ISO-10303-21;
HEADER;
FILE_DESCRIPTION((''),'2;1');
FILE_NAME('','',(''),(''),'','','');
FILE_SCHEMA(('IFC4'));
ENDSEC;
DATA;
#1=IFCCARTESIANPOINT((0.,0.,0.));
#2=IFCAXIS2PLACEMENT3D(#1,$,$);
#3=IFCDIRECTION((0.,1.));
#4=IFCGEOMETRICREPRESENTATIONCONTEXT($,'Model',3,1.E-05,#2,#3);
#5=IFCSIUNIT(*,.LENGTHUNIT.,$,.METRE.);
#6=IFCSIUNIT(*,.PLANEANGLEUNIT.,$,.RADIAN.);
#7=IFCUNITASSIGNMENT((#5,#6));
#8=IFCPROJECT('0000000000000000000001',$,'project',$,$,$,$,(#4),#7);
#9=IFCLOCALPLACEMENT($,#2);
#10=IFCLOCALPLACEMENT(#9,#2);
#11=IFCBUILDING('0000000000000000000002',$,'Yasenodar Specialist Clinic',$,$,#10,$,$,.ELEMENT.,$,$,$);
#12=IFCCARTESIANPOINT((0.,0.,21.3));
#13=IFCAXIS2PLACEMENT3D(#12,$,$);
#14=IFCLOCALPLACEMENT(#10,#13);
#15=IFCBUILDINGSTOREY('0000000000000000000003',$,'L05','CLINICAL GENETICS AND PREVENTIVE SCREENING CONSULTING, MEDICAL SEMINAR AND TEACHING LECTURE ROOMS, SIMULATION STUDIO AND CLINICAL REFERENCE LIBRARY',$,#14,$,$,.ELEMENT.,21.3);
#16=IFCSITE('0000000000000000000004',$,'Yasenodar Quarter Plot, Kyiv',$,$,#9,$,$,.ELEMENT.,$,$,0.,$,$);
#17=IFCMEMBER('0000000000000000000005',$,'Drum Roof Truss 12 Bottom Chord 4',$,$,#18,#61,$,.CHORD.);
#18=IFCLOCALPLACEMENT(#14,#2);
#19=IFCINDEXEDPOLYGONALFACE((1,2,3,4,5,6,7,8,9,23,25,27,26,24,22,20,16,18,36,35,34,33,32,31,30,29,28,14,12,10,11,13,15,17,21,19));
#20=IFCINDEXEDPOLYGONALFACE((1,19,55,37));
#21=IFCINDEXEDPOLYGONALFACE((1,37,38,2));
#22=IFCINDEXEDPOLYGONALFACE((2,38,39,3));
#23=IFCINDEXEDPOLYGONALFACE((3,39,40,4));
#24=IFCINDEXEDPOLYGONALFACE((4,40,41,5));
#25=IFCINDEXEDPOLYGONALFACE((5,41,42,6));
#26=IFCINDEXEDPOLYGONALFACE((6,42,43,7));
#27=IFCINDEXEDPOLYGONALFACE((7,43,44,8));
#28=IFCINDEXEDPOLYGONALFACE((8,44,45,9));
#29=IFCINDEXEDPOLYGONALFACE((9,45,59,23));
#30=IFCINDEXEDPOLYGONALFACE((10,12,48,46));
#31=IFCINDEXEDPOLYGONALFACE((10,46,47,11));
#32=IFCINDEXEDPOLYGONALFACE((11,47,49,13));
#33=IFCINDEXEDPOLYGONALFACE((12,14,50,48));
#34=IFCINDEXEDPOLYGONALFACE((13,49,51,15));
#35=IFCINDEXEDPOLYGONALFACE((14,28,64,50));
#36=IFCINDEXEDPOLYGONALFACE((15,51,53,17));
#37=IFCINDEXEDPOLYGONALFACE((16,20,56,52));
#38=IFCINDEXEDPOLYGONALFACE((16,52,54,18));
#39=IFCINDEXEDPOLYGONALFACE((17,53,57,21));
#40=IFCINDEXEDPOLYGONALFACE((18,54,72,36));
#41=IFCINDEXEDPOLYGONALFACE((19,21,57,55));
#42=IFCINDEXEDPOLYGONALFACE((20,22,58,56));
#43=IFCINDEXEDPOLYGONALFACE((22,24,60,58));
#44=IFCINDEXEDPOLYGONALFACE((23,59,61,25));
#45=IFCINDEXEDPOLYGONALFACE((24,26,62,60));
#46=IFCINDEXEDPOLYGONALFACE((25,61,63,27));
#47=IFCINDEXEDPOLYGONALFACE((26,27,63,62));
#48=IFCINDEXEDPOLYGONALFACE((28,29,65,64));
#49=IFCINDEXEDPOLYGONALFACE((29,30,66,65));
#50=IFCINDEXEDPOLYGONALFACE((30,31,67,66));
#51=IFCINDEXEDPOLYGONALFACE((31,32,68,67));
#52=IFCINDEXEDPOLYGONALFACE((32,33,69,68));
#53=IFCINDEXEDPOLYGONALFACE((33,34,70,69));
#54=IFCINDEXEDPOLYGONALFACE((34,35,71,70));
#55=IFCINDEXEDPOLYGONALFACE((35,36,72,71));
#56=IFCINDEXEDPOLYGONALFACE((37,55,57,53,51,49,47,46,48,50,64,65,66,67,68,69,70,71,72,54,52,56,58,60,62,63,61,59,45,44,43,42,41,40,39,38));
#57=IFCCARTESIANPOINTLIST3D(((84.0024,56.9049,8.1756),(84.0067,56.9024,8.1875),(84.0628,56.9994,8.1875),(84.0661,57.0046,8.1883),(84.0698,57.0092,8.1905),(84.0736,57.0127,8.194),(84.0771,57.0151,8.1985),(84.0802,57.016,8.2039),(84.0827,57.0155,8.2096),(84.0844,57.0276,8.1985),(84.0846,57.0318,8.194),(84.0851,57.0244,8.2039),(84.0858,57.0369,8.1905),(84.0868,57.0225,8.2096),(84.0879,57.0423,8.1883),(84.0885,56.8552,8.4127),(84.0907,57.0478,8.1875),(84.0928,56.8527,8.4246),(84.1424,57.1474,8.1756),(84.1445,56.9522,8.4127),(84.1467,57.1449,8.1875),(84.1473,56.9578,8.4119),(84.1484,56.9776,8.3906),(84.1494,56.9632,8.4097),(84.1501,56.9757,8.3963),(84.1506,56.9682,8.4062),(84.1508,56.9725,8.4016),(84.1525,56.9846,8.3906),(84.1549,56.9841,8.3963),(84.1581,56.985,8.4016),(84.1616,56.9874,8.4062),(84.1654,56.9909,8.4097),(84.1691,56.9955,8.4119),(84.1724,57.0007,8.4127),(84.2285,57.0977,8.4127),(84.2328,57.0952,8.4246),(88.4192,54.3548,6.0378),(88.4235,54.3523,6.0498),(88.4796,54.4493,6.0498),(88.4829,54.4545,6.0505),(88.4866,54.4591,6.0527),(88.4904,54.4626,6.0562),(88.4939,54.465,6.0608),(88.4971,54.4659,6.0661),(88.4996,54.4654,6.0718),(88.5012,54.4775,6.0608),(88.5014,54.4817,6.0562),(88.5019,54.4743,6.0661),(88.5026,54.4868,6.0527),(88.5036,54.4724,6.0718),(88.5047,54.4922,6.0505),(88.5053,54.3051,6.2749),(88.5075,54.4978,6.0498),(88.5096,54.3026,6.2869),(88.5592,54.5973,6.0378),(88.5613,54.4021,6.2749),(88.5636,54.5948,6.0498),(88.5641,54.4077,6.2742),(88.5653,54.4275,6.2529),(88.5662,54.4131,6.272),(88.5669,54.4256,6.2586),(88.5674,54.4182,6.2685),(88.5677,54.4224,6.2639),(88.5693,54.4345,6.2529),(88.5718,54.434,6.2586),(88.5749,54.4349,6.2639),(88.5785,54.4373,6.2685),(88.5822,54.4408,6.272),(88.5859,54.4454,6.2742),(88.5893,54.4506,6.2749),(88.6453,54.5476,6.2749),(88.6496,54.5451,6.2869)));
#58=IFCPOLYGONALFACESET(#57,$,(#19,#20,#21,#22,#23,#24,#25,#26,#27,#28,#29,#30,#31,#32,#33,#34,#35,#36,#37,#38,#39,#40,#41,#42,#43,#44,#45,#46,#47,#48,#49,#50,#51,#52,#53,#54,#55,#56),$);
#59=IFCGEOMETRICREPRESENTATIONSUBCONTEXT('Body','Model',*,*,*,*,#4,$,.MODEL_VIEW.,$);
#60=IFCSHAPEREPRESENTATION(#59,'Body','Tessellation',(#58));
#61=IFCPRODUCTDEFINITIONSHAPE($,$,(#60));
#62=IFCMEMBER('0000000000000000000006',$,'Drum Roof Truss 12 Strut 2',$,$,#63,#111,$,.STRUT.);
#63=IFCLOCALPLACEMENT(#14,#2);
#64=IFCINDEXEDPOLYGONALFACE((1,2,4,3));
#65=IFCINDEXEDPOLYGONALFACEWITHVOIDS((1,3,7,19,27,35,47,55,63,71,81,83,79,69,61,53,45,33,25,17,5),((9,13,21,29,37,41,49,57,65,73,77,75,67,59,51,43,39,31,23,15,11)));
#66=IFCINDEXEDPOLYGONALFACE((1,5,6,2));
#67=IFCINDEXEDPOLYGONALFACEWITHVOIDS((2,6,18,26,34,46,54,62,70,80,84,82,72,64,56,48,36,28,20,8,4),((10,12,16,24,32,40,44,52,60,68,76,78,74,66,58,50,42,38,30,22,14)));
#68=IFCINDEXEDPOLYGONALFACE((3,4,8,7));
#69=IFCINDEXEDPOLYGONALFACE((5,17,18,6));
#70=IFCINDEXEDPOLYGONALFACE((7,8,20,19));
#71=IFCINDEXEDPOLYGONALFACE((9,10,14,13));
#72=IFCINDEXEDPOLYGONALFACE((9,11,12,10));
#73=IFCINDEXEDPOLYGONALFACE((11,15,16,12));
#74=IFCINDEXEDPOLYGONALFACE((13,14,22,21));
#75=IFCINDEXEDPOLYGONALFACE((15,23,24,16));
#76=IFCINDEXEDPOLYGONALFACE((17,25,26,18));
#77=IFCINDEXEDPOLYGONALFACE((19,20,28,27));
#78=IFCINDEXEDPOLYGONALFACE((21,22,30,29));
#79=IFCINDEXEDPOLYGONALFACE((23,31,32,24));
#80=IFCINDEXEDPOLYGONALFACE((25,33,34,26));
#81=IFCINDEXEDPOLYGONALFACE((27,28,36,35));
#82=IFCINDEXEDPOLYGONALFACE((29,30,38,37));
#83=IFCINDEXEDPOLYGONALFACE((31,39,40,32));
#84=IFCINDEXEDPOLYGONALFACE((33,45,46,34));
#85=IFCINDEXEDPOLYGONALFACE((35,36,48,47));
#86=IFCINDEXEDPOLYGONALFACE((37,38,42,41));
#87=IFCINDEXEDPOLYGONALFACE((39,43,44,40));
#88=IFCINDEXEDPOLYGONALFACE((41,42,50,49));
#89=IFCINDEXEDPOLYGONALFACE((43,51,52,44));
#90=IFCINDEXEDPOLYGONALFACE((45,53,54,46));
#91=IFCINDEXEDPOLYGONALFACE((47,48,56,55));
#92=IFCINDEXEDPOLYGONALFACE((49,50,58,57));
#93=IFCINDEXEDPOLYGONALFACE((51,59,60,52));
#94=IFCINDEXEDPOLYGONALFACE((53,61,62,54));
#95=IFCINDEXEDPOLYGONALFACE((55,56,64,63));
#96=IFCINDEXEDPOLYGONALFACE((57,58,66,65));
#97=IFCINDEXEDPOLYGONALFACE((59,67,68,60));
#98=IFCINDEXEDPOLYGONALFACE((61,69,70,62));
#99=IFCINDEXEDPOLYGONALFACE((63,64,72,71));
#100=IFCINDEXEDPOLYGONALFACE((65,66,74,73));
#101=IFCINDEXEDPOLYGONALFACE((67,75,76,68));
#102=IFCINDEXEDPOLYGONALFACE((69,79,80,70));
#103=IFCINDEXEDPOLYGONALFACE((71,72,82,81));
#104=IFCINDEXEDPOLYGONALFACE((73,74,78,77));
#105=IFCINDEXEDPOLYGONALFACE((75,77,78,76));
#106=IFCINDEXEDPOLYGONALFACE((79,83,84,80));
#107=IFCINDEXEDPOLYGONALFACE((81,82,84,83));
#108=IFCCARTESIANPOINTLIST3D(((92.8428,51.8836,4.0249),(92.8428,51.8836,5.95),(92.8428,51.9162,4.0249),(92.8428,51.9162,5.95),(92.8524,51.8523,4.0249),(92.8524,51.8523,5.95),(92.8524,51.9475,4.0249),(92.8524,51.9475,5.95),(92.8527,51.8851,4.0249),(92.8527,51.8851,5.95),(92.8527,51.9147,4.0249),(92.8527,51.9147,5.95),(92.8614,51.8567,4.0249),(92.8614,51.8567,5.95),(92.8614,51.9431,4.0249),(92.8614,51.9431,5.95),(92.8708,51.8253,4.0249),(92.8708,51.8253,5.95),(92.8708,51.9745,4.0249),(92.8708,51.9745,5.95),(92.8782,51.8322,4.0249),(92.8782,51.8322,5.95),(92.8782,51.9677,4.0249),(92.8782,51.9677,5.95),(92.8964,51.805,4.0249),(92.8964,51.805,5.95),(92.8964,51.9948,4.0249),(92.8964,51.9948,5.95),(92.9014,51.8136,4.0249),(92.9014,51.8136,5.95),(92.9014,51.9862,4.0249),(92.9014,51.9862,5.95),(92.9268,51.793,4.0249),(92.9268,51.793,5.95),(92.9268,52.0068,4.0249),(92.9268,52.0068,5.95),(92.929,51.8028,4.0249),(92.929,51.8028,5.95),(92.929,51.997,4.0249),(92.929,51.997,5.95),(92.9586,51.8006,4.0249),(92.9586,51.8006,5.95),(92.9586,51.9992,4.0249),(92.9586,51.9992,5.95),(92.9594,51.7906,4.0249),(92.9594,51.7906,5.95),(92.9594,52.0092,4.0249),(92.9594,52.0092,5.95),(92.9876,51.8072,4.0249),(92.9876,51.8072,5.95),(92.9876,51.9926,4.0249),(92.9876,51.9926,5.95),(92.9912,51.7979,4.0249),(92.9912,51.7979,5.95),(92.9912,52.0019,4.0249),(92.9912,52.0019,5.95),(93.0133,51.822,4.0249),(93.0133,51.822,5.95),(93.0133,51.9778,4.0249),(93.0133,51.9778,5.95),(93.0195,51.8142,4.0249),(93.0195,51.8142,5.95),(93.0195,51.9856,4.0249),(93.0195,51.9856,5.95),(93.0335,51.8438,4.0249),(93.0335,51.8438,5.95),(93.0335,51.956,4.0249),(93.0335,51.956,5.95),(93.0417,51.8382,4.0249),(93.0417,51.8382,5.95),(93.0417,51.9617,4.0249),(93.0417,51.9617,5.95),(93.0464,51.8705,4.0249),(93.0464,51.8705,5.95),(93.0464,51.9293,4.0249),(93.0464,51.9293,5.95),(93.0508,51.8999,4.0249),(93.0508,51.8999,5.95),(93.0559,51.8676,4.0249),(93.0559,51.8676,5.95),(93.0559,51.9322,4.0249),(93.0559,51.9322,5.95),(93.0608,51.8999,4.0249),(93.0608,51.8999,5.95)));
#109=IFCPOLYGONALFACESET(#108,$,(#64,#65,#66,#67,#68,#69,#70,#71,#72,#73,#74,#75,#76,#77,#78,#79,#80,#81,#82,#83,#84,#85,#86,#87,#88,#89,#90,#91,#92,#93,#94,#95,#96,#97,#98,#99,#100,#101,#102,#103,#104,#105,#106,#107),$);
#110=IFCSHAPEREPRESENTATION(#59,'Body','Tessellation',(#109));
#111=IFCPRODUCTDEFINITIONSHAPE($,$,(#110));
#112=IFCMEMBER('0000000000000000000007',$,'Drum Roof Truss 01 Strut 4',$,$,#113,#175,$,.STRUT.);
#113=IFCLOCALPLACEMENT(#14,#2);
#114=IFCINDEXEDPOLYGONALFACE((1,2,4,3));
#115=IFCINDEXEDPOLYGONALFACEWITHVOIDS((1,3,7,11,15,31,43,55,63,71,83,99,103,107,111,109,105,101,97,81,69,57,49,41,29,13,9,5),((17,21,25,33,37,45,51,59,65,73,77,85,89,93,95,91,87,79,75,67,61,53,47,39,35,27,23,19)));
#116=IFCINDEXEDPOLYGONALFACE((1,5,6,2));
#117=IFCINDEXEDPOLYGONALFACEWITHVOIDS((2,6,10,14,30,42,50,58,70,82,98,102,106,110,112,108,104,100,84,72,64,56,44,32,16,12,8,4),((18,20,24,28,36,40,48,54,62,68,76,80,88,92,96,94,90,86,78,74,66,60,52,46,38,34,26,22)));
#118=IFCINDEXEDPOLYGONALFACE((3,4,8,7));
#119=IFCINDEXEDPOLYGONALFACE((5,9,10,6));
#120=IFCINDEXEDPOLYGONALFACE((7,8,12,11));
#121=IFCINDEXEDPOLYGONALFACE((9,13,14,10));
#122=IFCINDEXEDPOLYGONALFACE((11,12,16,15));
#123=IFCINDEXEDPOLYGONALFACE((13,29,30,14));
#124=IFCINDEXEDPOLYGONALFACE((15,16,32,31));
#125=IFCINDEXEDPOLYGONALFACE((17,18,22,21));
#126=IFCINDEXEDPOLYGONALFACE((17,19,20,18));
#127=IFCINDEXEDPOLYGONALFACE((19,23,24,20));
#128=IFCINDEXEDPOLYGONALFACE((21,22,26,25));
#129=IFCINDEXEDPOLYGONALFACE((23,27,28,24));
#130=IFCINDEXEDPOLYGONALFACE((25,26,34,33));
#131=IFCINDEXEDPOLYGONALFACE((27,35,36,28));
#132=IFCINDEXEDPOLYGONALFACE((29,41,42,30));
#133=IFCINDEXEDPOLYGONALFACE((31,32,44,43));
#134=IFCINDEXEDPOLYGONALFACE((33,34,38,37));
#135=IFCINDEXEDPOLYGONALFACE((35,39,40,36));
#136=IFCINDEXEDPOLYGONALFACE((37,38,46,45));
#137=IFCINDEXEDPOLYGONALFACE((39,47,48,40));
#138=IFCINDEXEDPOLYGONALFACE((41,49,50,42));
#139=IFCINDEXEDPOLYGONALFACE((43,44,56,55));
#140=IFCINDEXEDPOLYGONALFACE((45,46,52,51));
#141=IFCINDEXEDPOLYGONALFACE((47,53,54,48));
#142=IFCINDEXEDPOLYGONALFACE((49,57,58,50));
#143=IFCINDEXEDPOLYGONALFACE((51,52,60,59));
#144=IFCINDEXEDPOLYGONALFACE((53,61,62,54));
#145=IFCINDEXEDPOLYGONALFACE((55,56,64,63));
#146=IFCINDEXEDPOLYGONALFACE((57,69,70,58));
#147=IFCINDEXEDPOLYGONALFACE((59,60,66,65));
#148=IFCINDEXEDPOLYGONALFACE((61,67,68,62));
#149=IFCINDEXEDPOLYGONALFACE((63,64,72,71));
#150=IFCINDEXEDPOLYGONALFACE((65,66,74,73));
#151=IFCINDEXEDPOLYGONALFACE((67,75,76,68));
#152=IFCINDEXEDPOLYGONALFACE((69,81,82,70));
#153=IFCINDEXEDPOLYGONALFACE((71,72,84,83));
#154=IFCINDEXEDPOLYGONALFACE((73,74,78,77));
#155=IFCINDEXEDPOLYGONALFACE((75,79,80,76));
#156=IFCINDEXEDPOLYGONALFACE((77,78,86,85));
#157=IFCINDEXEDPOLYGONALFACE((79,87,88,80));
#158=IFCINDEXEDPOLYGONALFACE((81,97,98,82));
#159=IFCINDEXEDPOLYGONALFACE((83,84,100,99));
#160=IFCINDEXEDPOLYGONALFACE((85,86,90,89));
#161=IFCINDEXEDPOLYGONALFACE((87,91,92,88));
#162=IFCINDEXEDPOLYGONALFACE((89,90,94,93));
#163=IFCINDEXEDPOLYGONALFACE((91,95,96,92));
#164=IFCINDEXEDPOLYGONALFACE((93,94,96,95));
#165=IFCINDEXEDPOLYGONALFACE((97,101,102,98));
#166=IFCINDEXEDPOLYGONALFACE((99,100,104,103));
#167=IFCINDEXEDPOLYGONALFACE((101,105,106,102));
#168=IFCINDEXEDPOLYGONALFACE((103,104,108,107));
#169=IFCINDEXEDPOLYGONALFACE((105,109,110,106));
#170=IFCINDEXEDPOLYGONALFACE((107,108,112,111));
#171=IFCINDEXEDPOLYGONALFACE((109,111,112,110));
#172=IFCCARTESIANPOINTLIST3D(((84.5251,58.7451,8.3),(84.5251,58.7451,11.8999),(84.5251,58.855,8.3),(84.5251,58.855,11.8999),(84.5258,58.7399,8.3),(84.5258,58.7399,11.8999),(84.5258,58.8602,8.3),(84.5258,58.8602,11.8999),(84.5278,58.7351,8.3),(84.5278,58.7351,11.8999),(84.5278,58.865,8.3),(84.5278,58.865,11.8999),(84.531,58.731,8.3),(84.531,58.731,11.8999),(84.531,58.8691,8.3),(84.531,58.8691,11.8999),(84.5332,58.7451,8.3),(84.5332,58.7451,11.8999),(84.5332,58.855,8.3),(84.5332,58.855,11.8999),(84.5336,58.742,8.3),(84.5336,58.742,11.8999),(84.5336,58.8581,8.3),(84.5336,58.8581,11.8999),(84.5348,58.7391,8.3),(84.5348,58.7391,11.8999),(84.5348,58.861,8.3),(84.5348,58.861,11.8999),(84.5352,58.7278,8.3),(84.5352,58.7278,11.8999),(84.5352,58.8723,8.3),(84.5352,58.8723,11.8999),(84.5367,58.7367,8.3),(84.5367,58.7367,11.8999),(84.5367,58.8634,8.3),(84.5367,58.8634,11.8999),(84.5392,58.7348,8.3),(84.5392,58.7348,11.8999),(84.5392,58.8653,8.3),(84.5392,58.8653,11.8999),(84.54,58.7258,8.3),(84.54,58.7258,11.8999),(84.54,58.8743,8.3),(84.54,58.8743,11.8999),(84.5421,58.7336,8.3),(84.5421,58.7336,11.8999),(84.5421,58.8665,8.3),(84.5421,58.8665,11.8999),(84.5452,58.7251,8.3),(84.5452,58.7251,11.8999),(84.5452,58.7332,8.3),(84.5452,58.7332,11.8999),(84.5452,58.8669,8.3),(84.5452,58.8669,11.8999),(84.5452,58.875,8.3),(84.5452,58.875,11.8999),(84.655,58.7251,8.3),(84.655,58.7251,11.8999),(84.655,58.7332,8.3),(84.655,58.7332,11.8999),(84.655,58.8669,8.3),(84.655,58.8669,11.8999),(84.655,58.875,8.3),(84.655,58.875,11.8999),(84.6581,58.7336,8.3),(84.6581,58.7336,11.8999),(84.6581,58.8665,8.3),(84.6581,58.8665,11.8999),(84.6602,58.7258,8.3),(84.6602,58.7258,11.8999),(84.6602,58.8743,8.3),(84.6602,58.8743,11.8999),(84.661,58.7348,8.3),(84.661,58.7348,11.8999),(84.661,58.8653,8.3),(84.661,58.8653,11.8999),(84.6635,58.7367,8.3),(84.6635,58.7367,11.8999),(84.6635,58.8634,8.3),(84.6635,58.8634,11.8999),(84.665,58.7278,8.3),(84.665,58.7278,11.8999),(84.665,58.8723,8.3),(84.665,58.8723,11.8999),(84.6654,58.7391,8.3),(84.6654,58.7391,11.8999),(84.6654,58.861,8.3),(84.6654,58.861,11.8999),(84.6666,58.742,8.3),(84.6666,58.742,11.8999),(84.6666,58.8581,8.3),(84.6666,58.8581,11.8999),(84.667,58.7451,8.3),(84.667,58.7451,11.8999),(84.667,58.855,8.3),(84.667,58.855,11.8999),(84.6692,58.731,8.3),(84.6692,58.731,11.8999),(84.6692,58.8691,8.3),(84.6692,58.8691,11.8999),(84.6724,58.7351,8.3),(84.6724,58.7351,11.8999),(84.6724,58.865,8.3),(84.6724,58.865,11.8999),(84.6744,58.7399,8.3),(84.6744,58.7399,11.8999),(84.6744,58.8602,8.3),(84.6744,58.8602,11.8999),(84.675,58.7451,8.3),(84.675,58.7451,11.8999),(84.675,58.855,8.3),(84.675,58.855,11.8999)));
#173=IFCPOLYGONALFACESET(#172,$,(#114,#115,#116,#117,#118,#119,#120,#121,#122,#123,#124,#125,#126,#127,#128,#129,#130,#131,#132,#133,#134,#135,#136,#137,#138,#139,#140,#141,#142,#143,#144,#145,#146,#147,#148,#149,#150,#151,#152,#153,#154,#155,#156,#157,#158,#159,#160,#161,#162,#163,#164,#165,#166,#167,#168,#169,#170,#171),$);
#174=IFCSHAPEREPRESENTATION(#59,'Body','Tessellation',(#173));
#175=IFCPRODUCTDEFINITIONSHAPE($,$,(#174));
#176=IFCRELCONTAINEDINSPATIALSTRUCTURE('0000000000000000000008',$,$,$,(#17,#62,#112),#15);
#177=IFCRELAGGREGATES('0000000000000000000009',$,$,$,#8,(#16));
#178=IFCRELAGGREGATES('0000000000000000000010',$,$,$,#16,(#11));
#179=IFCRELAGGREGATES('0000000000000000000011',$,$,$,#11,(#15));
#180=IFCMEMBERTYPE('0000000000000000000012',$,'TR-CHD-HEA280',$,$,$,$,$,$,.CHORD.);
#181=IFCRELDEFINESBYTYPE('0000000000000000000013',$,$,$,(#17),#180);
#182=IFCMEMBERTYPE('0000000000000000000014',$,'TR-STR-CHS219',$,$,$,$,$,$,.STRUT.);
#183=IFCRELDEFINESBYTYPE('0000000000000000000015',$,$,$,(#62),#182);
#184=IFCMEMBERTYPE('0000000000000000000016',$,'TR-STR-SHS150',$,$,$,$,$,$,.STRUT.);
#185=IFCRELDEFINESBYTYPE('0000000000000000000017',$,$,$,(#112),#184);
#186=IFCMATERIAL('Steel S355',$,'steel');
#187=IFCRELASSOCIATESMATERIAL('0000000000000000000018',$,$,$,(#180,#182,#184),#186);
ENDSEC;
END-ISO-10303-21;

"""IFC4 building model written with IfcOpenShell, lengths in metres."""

from ifc_helpers import new_model, si_unit, direction, frame, origin, origin_2d, place, context, subcontext, project, spatial, hollow_rectangle, hollow_circle, i_section, extrude, material, material_profile, profile_set, type_object, element, save


model = new_model("IFC4")

# Units and contexts
model_context = context("Model", 3, precision=1e-05, world=origin(), true_north=direction((0.0, 1.0)))
body_context = subcontext(model_context, "Body", "Model", "MODEL_VIEW")
ifc_project = project(units=[si_unit("LENGTHUNIT", "METRE"), si_unit("PLANEANGLEUNIT", "RADIAN")], contexts=[model_context])

# Site, building, storey
site_placement = place(None, origin())
site = spatial("IfcSite", under=ifc_project, at=site_placement, Name="Yasenodar Quarter Plot, Kyiv", CompositionType="ELEMENT", RefElevation=0.0)
building_placement = place(site_placement, origin())
building = spatial("IfcBuilding", under=site, at=building_placement, Name="Yasenodar Specialist Clinic", CompositionType="ELEMENT")
storey_placement = place(building_placement, frame((0.0, 0.0, 21.3)))
storey = spatial("IfcBuildingStorey", under=building, at=storey_placement, Name="L05", Description="CLINICAL GENETICS AND PREVENTIVE SCREENING CONSULTING, MEDICAL SEMINAR AND TEACHING LECTURE ROOMS, SIMULATION STUDIO AND CLINICAL REFERENCE LIBRARY", CompositionType="ELEMENT", Elevation=21.3)

# Shared definitions
ifc_material = material(Name="Steel S355", Category="steel")

# Members
ifc_material_profile_1 = material_profile(ifc_material, i_section(OverallWidth=0.28, OverallDepth=0.27, WebThickness=0.0081, FlangeThickness=0.0129, FilletRadius=0.0239, at=origin_2d()), Name="HEA 280")
ifc_profile_set_1 = profile_set([ifc_material_profile_1], Name="Steel S355")
member_type_1 = type_object("IfcMemberType", Name="TR-CHD-HEA280", PredefinedType="CHORD", material=ifc_profile_set_1)
member_1_placement = place(storey_placement, frame((88.5344, 54.45, 6.1624), z_axis=(-0.798698, 0.461136, 0.386568), x_axis=(-0.500006, -0.866022, 0.0)))
element("IfcMember", 1, at=member_1_placement, inside=storey, type_object=member_type_1, Name="Drum Roof Truss 12 Bottom Chord 4", PredefinedType="CHORD", context=body_context, shape_type="SweptSolid", body=[
    extrude(i_section(OverallWidth=0.28, OverallDepth=0.27, WebThickness=0.0081, FlangeThickness=0.0129, FilletRadius=0.0239, at=origin_2d()), origin(), (0.0, 0.0, 1.0), 5.53),
])
ifc_material_profile_2 = material_profile(ifc_material, hollow_circle(Radius=0.1096, WallThickness=0.01, at=origin_2d()), Name="CHS 219.1x10")
ifc_profile_set_2 = profile_set([ifc_material_profile_2], Name="Steel S355")
member_type_2 = type_object("IfcMemberType", Name="TR-STR-CHS219", PredefinedType="STRUT", material=ifc_profile_set_2)
member_2_placement = place(storey_placement, frame((92.9512, 51.8999, 4.0249), z_axis=(0.0, 0.0, 1.0), x_axis=(1.0, 0.0, 0.0)))
element("IfcMember", 2, at=member_2_placement, inside=storey, type_object=member_type_2, Name="Drum Roof Truss 12 Strut 2", PredefinedType="STRUT", context=body_context, shape_type="SweptSolid", body=[
    extrude(hollow_circle(Radius=0.1096, WallThickness=0.01, at=origin_2d()), origin(), (0.0, 0.0, 1.0), 1.925),
])
ifc_material_profile_3 = material_profile(ifc_material, hollow_rectangle(XDim=0.1499, YDim=0.1499, WallThickness=0.0081, InnerFilletRadius=0.012, OuterFilletRadius=0.02, at=origin_2d()), Name="SHS 150x150x8")
ifc_profile_set_3 = profile_set([ifc_material_profile_3], Name="Steel S355")
member_type_3 = type_object("IfcMemberType", Name="TR-STR-SHS150", PredefinedType="STRUT", material=ifc_profile_set_3)
member_3_placement = place(storey_placement, frame((84.6001, 58.8, 8.3), z_axis=(0.0, 0.0, 1.0), x_axis=(1.0, 0.0, 0.0)))
element("IfcMember", 3, at=member_3_placement, inside=storey, type_object=member_type_3, Name="Drum Roof Truss 01 Strut 4", PredefinedType="STRUT", context=body_context, shape_type="SweptSolid", body=[
    extrude(hollow_rectangle(XDim=0.1499, YDim=0.1499, WallThickness=0.0081, InnerFilletRadius=0.012, OuterFilletRadius=0.02, at=origin_2d()), origin(), (0.0, 0.0, 1.0), 3.5999),
])

save(model, "model.ifc")
